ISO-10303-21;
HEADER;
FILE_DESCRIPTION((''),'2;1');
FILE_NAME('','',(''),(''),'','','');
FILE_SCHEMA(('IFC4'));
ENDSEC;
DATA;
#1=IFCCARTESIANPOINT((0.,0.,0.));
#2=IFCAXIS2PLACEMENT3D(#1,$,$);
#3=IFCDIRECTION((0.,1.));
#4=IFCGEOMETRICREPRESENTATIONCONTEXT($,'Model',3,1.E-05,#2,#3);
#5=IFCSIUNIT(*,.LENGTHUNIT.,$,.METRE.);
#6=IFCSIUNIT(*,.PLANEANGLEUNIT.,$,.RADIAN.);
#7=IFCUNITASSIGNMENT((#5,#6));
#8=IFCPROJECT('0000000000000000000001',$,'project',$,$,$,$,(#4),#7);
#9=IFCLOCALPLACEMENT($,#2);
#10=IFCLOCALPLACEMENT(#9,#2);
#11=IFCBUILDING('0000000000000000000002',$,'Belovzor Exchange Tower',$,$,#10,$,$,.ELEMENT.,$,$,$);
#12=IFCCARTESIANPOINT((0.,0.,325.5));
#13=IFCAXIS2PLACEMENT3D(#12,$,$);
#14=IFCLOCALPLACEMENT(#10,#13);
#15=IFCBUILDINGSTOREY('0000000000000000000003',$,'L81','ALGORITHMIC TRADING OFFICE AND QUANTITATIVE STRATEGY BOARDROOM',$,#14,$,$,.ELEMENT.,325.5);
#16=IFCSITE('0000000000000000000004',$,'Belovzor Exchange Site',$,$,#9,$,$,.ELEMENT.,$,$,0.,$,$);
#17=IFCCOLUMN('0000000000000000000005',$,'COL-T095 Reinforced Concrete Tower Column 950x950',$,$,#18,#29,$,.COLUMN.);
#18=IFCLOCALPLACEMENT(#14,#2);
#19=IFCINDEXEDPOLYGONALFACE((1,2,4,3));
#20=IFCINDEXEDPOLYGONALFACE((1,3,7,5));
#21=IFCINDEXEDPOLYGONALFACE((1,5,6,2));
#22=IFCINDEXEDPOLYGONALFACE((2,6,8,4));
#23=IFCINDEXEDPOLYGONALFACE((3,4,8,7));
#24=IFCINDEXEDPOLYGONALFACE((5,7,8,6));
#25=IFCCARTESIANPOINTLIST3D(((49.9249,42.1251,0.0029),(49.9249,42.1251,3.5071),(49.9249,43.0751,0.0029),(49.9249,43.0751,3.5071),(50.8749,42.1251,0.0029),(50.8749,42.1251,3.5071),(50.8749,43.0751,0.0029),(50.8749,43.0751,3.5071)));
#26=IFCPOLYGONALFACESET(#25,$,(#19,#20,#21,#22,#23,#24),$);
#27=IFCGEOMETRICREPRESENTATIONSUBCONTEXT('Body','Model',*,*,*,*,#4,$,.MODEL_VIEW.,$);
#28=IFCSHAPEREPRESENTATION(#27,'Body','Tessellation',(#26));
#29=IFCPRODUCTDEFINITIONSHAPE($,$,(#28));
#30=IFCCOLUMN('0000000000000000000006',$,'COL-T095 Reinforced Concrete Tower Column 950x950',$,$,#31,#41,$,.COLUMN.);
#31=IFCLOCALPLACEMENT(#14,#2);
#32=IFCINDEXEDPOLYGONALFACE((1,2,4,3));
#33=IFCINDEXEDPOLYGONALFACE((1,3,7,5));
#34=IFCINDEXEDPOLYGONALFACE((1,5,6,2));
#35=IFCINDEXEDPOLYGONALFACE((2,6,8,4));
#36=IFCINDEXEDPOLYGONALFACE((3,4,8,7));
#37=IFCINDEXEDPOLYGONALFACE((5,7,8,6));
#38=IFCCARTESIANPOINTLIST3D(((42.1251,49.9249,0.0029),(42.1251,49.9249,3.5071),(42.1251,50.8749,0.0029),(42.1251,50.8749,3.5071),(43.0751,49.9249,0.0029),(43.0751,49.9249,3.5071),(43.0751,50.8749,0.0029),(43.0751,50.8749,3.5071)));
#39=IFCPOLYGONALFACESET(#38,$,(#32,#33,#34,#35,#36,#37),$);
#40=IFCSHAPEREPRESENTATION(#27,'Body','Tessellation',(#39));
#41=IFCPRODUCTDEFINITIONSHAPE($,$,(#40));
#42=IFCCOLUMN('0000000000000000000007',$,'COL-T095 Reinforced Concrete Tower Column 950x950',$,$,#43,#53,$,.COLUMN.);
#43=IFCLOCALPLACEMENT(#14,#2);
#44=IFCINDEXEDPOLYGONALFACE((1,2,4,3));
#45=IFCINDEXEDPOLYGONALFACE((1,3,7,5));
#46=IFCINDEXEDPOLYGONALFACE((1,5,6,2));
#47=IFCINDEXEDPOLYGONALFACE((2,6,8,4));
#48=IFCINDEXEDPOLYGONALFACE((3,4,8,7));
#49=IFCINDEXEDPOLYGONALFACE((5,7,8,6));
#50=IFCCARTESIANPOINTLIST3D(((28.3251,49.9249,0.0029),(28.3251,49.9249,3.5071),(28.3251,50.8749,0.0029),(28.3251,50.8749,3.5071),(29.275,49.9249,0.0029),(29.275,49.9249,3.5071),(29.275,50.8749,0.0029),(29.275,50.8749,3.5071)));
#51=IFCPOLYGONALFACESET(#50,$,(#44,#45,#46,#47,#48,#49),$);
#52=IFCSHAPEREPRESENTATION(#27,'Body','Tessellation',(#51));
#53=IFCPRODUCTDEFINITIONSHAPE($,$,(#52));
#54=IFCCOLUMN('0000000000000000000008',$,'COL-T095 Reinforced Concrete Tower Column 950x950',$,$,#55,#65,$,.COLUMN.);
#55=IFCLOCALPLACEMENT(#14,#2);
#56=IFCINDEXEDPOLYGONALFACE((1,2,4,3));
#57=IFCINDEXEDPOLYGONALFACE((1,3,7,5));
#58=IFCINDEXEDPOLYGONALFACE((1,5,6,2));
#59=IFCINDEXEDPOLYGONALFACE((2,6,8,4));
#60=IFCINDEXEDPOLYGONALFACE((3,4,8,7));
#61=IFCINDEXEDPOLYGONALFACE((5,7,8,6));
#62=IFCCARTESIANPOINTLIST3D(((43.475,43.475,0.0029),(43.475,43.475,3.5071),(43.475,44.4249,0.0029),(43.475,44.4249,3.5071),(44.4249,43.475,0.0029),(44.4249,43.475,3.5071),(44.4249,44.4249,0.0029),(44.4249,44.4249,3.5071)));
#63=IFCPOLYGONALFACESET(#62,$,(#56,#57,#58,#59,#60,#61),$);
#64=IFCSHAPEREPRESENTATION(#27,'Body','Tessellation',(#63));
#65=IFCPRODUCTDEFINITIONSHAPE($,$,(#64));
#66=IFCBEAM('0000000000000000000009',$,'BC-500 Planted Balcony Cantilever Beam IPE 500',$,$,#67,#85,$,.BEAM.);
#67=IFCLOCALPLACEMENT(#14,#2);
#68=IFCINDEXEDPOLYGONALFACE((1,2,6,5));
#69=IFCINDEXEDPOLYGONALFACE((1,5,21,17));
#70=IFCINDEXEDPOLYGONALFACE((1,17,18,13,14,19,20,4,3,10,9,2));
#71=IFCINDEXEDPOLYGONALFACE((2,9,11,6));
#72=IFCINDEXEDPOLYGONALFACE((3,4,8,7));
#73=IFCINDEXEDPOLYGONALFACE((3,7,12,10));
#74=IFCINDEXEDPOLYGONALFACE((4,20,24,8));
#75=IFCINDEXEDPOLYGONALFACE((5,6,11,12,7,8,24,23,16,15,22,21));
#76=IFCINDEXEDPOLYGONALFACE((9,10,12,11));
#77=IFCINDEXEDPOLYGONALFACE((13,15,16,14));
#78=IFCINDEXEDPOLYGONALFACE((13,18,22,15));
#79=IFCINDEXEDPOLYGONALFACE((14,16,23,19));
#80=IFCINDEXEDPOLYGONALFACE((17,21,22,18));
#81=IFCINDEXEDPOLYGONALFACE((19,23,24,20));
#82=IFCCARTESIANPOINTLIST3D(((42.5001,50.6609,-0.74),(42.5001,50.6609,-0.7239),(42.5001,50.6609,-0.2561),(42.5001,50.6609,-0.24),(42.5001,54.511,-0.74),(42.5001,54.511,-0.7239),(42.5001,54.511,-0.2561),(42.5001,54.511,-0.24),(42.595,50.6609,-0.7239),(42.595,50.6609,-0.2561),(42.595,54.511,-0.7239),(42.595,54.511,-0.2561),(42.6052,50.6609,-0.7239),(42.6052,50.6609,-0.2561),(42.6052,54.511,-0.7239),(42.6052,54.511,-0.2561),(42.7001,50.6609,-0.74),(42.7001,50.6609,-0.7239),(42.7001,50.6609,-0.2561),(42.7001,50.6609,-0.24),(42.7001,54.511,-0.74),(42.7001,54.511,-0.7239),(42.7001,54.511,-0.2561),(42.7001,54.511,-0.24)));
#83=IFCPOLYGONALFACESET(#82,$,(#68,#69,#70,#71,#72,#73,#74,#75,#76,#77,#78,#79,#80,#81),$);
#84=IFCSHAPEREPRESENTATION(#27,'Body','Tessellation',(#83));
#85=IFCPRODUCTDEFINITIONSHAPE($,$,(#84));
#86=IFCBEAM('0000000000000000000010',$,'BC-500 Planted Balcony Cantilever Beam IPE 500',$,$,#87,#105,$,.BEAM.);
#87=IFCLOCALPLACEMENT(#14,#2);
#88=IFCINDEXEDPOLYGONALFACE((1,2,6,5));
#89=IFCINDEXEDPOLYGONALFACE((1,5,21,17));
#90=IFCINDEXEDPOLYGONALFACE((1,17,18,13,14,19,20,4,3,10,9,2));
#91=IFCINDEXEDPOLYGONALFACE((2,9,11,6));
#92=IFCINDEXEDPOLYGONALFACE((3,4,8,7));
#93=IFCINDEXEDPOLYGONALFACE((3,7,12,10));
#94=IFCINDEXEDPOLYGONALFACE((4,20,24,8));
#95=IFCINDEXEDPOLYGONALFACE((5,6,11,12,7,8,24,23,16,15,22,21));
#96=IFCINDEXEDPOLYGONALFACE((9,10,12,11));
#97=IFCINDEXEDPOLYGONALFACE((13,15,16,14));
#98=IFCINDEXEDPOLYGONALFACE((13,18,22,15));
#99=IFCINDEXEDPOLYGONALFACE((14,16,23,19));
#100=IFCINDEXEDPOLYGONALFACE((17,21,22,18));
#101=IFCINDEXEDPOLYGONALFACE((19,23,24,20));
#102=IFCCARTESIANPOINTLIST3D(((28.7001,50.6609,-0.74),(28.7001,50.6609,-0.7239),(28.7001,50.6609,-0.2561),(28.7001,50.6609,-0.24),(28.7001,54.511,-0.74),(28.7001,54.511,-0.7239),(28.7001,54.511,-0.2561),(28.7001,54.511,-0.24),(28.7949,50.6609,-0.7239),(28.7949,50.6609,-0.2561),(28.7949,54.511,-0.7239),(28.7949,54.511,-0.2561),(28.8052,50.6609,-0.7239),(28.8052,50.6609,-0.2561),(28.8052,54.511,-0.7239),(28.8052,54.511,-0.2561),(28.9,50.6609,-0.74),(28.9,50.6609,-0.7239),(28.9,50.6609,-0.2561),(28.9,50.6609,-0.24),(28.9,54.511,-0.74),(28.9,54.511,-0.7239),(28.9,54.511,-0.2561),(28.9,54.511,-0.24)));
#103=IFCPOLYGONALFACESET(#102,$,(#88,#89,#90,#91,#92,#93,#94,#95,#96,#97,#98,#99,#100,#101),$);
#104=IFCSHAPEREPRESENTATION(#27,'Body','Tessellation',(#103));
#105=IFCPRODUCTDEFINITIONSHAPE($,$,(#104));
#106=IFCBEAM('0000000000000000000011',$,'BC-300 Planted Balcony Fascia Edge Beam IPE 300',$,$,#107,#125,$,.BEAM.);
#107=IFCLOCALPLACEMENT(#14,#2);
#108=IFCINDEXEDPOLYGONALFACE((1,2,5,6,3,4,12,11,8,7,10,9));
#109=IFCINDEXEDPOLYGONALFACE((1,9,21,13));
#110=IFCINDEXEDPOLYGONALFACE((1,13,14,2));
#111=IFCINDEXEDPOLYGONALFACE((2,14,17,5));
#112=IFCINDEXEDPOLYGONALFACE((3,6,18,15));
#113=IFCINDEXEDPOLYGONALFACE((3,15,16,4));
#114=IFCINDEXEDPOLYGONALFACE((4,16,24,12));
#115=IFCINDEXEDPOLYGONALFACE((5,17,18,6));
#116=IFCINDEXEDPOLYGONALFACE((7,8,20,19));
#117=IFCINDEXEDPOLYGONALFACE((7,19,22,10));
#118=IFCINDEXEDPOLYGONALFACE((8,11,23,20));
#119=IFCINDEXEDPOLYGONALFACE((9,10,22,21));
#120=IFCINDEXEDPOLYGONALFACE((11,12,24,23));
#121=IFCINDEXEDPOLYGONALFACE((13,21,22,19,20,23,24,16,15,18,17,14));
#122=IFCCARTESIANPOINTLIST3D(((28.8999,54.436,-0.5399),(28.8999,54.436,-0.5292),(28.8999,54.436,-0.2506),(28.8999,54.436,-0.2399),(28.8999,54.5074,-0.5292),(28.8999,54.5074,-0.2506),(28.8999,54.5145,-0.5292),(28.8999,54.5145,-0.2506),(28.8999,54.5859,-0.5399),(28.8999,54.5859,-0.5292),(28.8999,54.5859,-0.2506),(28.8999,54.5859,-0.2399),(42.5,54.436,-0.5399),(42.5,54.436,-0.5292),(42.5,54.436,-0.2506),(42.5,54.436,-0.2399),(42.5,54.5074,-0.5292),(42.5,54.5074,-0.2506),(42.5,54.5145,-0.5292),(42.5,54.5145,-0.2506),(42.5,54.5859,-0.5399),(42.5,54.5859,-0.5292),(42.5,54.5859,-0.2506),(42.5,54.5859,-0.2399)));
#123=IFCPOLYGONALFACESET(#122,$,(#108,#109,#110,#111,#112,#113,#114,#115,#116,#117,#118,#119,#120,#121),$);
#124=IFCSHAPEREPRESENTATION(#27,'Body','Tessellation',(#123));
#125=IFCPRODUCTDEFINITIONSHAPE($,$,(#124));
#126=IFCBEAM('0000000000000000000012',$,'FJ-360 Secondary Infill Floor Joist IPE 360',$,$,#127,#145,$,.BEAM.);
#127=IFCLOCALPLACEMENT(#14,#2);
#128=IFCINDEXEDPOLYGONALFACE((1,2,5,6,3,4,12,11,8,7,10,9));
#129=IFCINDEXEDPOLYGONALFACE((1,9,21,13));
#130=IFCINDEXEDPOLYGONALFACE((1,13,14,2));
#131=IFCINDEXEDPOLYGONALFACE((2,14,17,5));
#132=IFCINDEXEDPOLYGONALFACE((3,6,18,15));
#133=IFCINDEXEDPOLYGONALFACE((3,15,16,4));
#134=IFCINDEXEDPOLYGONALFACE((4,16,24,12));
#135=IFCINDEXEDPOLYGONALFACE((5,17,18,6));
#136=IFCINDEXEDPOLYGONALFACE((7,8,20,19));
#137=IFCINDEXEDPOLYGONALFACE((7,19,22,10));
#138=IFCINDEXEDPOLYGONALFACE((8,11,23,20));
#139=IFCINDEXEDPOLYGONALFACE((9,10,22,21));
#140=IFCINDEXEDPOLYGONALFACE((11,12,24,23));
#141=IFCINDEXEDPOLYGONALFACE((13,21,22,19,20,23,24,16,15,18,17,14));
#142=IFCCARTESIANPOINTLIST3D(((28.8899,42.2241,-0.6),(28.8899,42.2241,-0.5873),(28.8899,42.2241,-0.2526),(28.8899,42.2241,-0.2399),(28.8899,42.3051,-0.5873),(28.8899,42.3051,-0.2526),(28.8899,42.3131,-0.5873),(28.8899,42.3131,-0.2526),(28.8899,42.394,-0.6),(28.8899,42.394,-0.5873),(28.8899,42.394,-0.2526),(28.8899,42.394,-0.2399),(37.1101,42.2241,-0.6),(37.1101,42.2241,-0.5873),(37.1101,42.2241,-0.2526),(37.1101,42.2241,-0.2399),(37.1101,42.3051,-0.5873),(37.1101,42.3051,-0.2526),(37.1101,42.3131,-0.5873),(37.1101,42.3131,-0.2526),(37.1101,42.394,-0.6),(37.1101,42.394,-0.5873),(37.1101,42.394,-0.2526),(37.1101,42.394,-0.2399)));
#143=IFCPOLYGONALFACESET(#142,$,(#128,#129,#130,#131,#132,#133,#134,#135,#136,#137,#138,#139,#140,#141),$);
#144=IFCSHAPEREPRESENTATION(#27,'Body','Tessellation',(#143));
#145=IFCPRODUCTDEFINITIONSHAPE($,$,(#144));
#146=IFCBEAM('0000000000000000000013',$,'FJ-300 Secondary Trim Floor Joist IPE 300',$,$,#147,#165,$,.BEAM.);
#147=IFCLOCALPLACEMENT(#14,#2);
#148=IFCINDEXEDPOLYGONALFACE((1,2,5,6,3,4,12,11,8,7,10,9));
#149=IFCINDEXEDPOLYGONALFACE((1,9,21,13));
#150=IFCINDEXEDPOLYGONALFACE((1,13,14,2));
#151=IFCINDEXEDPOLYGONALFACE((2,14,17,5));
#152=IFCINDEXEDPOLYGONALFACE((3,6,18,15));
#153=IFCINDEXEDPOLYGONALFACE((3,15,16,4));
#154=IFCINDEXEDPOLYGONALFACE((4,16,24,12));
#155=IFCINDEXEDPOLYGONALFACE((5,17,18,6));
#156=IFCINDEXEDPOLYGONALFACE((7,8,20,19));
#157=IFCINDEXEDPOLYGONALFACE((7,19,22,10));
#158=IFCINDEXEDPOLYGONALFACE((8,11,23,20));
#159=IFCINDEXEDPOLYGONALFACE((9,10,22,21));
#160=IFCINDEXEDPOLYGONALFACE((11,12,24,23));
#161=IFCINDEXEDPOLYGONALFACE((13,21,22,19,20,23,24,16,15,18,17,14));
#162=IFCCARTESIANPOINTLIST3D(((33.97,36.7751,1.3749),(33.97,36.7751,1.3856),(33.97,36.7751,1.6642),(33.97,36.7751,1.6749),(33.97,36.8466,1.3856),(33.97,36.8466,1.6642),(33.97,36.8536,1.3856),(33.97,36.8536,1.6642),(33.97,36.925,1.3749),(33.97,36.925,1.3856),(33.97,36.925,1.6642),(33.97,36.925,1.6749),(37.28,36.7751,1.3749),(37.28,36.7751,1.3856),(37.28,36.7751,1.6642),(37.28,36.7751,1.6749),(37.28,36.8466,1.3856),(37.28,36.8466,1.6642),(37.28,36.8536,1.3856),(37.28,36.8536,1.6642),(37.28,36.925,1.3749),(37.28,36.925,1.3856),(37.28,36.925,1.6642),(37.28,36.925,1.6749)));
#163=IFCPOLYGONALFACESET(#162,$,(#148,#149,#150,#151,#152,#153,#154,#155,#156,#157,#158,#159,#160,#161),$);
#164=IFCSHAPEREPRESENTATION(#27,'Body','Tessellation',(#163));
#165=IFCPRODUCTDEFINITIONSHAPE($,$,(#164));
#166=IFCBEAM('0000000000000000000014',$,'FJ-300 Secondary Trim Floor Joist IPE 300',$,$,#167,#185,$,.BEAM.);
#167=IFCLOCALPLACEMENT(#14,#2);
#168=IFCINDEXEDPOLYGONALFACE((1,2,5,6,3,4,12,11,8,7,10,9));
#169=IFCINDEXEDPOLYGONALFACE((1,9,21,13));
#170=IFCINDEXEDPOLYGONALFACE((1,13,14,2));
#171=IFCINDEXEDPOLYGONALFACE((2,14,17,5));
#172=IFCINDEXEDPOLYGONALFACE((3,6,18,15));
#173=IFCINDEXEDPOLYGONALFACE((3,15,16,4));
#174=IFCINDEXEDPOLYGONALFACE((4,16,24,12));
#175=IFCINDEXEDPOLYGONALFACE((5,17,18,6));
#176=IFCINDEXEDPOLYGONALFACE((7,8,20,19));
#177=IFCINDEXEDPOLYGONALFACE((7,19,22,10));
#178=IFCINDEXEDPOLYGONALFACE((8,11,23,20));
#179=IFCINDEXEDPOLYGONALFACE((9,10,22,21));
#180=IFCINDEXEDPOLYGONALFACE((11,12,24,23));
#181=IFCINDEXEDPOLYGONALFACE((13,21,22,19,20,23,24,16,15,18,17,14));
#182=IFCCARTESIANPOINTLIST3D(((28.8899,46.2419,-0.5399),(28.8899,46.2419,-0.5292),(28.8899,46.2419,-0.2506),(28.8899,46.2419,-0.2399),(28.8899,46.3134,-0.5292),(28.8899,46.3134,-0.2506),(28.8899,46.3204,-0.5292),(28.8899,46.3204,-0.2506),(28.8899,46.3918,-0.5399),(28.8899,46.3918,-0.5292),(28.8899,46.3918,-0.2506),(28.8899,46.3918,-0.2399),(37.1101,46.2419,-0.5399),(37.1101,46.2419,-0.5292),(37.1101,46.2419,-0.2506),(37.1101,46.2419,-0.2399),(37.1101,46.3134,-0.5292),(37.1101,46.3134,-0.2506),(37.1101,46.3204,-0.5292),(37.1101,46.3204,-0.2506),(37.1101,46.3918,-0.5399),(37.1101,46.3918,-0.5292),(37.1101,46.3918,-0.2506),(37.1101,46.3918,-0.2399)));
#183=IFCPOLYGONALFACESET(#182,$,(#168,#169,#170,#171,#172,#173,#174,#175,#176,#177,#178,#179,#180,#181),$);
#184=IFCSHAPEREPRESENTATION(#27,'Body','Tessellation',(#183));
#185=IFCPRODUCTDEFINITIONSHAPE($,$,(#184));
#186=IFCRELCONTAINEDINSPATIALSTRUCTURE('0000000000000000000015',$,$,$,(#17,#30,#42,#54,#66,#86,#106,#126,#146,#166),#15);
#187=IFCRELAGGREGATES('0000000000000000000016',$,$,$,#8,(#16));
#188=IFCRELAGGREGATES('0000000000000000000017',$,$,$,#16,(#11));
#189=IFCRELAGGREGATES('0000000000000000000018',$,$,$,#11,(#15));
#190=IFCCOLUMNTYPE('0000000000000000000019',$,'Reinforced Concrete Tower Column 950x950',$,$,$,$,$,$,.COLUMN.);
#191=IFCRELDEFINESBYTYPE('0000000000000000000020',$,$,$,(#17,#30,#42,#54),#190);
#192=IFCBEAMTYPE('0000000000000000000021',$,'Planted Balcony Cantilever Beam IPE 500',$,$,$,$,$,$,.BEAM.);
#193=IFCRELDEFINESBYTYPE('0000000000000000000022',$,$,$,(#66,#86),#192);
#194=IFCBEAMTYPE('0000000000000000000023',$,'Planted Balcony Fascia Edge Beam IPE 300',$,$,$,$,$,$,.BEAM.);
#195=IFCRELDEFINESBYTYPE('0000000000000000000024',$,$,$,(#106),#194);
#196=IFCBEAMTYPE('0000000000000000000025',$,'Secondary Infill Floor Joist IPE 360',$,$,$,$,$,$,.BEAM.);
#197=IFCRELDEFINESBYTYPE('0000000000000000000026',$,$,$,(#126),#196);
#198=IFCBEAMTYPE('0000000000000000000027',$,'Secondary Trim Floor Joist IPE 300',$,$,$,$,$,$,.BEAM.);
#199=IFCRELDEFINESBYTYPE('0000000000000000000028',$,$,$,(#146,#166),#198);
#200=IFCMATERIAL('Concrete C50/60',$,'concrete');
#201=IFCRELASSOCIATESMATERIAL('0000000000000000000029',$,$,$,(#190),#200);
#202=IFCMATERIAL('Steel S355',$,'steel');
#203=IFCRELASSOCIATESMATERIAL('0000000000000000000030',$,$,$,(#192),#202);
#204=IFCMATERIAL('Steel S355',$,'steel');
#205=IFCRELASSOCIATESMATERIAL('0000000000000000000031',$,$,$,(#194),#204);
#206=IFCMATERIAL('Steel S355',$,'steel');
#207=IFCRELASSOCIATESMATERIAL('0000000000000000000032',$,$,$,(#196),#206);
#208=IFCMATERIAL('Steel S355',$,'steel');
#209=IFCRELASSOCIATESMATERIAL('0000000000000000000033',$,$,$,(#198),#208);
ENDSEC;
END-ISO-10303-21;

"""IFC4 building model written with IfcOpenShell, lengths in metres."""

from ifc_helpers import new_model, si_unit, direction, frame, origin, origin_2d, place, context, subcontext, project, spatial, rectangle, i_section, extrude, material, material_profile, profile_set, type_object, element, save


model = new_model("IFC4")

# Units and contexts
model_context = context("Model", 3, precision=1e-05, world=origin(), true_north=direction((0.0, 1.0)))
body_context = subcontext(model_context, "Body", "Model", "MODEL_VIEW")
ifc_project = project(units=[si_unit("LENGTHUNIT", "METRE"), si_unit("PLANEANGLEUNIT", "RADIAN")], contexts=[model_context])

# Site, building, storey
site_placement = place(None, origin())
site = spatial("IfcSite", under=ifc_project, at=site_placement, Name="Belovzor Exchange Site", CompositionType="ELEMENT", RefElevation=0.0)
building_placement = place(site_placement, origin())
building = spatial("IfcBuilding", under=site, at=building_placement, Name="Belovzor Exchange Tower", CompositionType="ELEMENT")
storey_placement = place(building_placement, frame((0.0, 0.0, 325.5)))
storey = spatial("IfcBuildingStorey", under=building, at=storey_placement, Name="L81", Description="ALGORITHMIC TRADING OFFICE AND QUANTITATIVE STRATEGY BOARDROOM", CompositionType="ELEMENT", Elevation=325.5)

# Columns
ifc_material_1 = material(Name="Concrete C50/60", Category="concrete")
ifc_material_profile_1 = material_profile(ifc_material_1, rectangle(XDim=0.95, YDim=0.95, at=origin_2d()))
ifc_profile_set_1 = profile_set([ifc_material_profile_1], Name="Concrete C50/60")
column_type = type_object("IfcColumnType", Name="Reinforced Concrete Tower Column 950x950", PredefinedType="COLUMN", material=ifc_profile_set_1)
for number, where, z_axis, x_axis, name in (
    (1, (50.3999, 42.6001, 0.0029), (0.0, 0.0, 1.0), (1.0, 0.0, 0.0), "COL-T095 Reinforced Concrete Tower Column 950x950"),
    (2, (42.6001, 50.3999, 0.0029), (0.0, 0.0, 1.0), (1.0, 0.0, 0.0), "COL-T095 Reinforced Concrete Tower Column 950x950"),
    (3, (28.8, 50.3999, 0.0029), (0.0, 0.0, 1.0), (1.0, 0.0, 0.0), "COL-T095 Reinforced Concrete Tower Column 950x950"),
    (4, (43.95, 43.95, 0.0029), (0.0, 0.0, 1.0), (1.0, 0.0, 0.0), "COL-T095 Reinforced Concrete Tower Column 950x950"),
):
    element("IfcColumn", number, at=place(storey_placement, frame(where, z_axis=z_axis, x_axis=x_axis)), inside=storey, type_object=column_type, Name=name, PredefinedType="COLUMN", context=body_context, shape_type="SweptSolid", body=[
        extrude(rectangle(XDim=0.95, YDim=0.95, at=origin_2d()), origin(), (0.0, 0.0, 1.0), 3.5042),
    ])

# Beams
ifc_material_2 = material(Name="Steel S355", Category="steel")
ifc_material_profile_2 = material_profile(ifc_material_2, i_section(OverallWidth=0.2, OverallDepth=0.5, WebThickness=0.0103, FlangeThickness=0.0161, at=origin_2d()))
ifc_profile_set_2 = profile_set([ifc_material_profile_2], Name="Steel S355")
beam_type_1 = type_object("IfcBeamType", Name="Planted Balcony Cantilever Beam IPE 500", PredefinedType="BEAM", material=ifc_profile_set_2)
for number, where, z_axis, x_axis, name in (
    (5, (42.6001, 50.6609, -0.49), (0.0, 1.0, 0.0), (-1.0, 0.0, 0.0), "BC-500 Planted Balcony Cantilever Beam IPE 500"),
    (6, (28.8, 50.6609, -0.49), (0.0, 1.0, 0.0), (-1.0, 0.0, 0.0), "BC-500 Planted Balcony Cantilever Beam IPE 500"),
):
    element("IfcBeam", number, at=place(storey_placement, frame(where, z_axis=z_axis, x_axis=x_axis)), inside=storey, type_object=beam_type_1, Name=name, PredefinedType="BEAM", context=body_context, shape_type="SweptSolid", body=[
        extrude(i_section(OverallWidth=0.2, OverallDepth=0.5, WebThickness=0.0103, FlangeThickness=0.0161, at=origin_2d()), origin(), (0.0, 0.0, 1.0), 3.8501),
    ])
ifc_material_3 = material(Name="Steel S355", Category="steel")
ifc_material_profile_3 = material_profile(ifc_material_3, i_section(OverallWidth=0.1499, OverallDepth=0.3, WebThickness=0.0071, FlangeThickness=0.0107, at=origin_2d()))
ifc_profile_set_3 = profile_set([ifc_material_profile_3], Name="Steel S355")
beam_type_2 = type_object("IfcBeamType", Name="Planted Balcony Fascia Edge Beam IPE 300", PredefinedType="BEAM", material=ifc_profile_set_3)
beam_1_placement = place(storey_placement, frame((42.5, 54.511, -0.3899), z_axis=(-1.0, 0.0, 0.0), x_axis=(0.0, -1.0, 0.0)))
element("IfcBeam", 7, at=beam_1_placement, inside=storey, type_object=beam_type_2, Name="BC-300 Planted Balcony Fascia Edge Beam IPE 300", PredefinedType="BEAM", context=body_context, shape_type="SweptSolid", body=[
    extrude(i_section(OverallWidth=0.1499, OverallDepth=0.3, WebThickness=0.0071, FlangeThickness=0.0107, at=origin_2d()), origin(), (0.0, 0.0, 1.0), 13.6001),
])
ifc_material_4 = material(Name="Steel S355", Category="steel")
ifc_material_profile_4 = material_profile(ifc_material_4, i_section(OverallWidth=0.1699, OverallDepth=0.3601, WebThickness=0.0081, FlangeThickness=0.0127, at=origin_2d()))
ifc_profile_set_4 = profile_set([ifc_material_profile_4], Name="Steel S355")
beam_type_3 = type_object("IfcBeamType", Name="Secondary Infill Floor Joist IPE 360", PredefinedType="BEAM", material=ifc_profile_set_4)
beam_2_placement = place(storey_placement, frame((28.8899, 42.3091, -0.4199), z_axis=(1.0, 0.0, 0.0), x_axis=(0.0, 1.0, 0.0)))
element("IfcBeam", 8, at=beam_2_placement, inside=storey, type_object=beam_type_3, Name="FJ-360 Secondary Infill Floor Joist IPE 360", PredefinedType="BEAM", context=body_context, shape_type="SweptSolid", body=[
    extrude(i_section(OverallWidth=0.1699, OverallDepth=0.3601, WebThickness=0.0081, FlangeThickness=0.0127, at=origin_2d()), origin(), (0.0, 0.0, 1.0), 8.2202),
])
ifc_material_5 = material(Name="Steel S355", Category="steel")
ifc_material_profile_5 = material_profile(ifc_material_5, i_section(OverallWidth=0.1499, OverallDepth=0.3, WebThickness=0.0071, FlangeThickness=0.0107, at=origin_2d()))
ifc_profile_set_5 = profile_set([ifc_material_profile_5], Name="Steel S355")
beam_type_4 = type_object("IfcBeamType", Name="Secondary Trim Floor Joist IPE 300", PredefinedType="BEAM", material=ifc_profile_set_5)
beam_3_placement = place(storey_placement, frame((37.28, 36.8501, 1.5249), z_axis=(-1.0, 0.0, 0.0), x_axis=(0.0, -1.0, 0.0)))
element("IfcBeam", 9, at=beam_3_placement, inside=storey, type_object=beam_type_4, Name="FJ-300 Secondary Trim Floor Joist IPE 300", PredefinedType="BEAM", context=body_context, shape_type="SweptSolid", body=[
    extrude(i_section(OverallWidth=0.1499, OverallDepth=0.3, WebThickness=0.0071, FlangeThickness=0.0107, at=origin_2d()), origin(), (0.0, 0.0, 1.0), 3.3101),
])
beam_4_placement = place(storey_placement, frame((28.8899, 46.3169, -0.3899), z_axis=(1.0, 0.0, 0.0), x_axis=(0.0, 1.0, 0.0)))
element("IfcBeam", 10, at=beam_4_placement, inside=storey, type_object=beam_type_4, Name="FJ-300 Secondary Trim Floor Joist IPE 300", PredefinedType="BEAM", context=body_context, shape_type="SweptSolid", body=[
    extrude(i_section(OverallWidth=0.1499, OverallDepth=0.3, WebThickness=0.0071, FlangeThickness=0.0107, at=origin_2d()), origin(), (0.0, 0.0, 1.0), 8.2202),
])

save(model, "model.ifc")
